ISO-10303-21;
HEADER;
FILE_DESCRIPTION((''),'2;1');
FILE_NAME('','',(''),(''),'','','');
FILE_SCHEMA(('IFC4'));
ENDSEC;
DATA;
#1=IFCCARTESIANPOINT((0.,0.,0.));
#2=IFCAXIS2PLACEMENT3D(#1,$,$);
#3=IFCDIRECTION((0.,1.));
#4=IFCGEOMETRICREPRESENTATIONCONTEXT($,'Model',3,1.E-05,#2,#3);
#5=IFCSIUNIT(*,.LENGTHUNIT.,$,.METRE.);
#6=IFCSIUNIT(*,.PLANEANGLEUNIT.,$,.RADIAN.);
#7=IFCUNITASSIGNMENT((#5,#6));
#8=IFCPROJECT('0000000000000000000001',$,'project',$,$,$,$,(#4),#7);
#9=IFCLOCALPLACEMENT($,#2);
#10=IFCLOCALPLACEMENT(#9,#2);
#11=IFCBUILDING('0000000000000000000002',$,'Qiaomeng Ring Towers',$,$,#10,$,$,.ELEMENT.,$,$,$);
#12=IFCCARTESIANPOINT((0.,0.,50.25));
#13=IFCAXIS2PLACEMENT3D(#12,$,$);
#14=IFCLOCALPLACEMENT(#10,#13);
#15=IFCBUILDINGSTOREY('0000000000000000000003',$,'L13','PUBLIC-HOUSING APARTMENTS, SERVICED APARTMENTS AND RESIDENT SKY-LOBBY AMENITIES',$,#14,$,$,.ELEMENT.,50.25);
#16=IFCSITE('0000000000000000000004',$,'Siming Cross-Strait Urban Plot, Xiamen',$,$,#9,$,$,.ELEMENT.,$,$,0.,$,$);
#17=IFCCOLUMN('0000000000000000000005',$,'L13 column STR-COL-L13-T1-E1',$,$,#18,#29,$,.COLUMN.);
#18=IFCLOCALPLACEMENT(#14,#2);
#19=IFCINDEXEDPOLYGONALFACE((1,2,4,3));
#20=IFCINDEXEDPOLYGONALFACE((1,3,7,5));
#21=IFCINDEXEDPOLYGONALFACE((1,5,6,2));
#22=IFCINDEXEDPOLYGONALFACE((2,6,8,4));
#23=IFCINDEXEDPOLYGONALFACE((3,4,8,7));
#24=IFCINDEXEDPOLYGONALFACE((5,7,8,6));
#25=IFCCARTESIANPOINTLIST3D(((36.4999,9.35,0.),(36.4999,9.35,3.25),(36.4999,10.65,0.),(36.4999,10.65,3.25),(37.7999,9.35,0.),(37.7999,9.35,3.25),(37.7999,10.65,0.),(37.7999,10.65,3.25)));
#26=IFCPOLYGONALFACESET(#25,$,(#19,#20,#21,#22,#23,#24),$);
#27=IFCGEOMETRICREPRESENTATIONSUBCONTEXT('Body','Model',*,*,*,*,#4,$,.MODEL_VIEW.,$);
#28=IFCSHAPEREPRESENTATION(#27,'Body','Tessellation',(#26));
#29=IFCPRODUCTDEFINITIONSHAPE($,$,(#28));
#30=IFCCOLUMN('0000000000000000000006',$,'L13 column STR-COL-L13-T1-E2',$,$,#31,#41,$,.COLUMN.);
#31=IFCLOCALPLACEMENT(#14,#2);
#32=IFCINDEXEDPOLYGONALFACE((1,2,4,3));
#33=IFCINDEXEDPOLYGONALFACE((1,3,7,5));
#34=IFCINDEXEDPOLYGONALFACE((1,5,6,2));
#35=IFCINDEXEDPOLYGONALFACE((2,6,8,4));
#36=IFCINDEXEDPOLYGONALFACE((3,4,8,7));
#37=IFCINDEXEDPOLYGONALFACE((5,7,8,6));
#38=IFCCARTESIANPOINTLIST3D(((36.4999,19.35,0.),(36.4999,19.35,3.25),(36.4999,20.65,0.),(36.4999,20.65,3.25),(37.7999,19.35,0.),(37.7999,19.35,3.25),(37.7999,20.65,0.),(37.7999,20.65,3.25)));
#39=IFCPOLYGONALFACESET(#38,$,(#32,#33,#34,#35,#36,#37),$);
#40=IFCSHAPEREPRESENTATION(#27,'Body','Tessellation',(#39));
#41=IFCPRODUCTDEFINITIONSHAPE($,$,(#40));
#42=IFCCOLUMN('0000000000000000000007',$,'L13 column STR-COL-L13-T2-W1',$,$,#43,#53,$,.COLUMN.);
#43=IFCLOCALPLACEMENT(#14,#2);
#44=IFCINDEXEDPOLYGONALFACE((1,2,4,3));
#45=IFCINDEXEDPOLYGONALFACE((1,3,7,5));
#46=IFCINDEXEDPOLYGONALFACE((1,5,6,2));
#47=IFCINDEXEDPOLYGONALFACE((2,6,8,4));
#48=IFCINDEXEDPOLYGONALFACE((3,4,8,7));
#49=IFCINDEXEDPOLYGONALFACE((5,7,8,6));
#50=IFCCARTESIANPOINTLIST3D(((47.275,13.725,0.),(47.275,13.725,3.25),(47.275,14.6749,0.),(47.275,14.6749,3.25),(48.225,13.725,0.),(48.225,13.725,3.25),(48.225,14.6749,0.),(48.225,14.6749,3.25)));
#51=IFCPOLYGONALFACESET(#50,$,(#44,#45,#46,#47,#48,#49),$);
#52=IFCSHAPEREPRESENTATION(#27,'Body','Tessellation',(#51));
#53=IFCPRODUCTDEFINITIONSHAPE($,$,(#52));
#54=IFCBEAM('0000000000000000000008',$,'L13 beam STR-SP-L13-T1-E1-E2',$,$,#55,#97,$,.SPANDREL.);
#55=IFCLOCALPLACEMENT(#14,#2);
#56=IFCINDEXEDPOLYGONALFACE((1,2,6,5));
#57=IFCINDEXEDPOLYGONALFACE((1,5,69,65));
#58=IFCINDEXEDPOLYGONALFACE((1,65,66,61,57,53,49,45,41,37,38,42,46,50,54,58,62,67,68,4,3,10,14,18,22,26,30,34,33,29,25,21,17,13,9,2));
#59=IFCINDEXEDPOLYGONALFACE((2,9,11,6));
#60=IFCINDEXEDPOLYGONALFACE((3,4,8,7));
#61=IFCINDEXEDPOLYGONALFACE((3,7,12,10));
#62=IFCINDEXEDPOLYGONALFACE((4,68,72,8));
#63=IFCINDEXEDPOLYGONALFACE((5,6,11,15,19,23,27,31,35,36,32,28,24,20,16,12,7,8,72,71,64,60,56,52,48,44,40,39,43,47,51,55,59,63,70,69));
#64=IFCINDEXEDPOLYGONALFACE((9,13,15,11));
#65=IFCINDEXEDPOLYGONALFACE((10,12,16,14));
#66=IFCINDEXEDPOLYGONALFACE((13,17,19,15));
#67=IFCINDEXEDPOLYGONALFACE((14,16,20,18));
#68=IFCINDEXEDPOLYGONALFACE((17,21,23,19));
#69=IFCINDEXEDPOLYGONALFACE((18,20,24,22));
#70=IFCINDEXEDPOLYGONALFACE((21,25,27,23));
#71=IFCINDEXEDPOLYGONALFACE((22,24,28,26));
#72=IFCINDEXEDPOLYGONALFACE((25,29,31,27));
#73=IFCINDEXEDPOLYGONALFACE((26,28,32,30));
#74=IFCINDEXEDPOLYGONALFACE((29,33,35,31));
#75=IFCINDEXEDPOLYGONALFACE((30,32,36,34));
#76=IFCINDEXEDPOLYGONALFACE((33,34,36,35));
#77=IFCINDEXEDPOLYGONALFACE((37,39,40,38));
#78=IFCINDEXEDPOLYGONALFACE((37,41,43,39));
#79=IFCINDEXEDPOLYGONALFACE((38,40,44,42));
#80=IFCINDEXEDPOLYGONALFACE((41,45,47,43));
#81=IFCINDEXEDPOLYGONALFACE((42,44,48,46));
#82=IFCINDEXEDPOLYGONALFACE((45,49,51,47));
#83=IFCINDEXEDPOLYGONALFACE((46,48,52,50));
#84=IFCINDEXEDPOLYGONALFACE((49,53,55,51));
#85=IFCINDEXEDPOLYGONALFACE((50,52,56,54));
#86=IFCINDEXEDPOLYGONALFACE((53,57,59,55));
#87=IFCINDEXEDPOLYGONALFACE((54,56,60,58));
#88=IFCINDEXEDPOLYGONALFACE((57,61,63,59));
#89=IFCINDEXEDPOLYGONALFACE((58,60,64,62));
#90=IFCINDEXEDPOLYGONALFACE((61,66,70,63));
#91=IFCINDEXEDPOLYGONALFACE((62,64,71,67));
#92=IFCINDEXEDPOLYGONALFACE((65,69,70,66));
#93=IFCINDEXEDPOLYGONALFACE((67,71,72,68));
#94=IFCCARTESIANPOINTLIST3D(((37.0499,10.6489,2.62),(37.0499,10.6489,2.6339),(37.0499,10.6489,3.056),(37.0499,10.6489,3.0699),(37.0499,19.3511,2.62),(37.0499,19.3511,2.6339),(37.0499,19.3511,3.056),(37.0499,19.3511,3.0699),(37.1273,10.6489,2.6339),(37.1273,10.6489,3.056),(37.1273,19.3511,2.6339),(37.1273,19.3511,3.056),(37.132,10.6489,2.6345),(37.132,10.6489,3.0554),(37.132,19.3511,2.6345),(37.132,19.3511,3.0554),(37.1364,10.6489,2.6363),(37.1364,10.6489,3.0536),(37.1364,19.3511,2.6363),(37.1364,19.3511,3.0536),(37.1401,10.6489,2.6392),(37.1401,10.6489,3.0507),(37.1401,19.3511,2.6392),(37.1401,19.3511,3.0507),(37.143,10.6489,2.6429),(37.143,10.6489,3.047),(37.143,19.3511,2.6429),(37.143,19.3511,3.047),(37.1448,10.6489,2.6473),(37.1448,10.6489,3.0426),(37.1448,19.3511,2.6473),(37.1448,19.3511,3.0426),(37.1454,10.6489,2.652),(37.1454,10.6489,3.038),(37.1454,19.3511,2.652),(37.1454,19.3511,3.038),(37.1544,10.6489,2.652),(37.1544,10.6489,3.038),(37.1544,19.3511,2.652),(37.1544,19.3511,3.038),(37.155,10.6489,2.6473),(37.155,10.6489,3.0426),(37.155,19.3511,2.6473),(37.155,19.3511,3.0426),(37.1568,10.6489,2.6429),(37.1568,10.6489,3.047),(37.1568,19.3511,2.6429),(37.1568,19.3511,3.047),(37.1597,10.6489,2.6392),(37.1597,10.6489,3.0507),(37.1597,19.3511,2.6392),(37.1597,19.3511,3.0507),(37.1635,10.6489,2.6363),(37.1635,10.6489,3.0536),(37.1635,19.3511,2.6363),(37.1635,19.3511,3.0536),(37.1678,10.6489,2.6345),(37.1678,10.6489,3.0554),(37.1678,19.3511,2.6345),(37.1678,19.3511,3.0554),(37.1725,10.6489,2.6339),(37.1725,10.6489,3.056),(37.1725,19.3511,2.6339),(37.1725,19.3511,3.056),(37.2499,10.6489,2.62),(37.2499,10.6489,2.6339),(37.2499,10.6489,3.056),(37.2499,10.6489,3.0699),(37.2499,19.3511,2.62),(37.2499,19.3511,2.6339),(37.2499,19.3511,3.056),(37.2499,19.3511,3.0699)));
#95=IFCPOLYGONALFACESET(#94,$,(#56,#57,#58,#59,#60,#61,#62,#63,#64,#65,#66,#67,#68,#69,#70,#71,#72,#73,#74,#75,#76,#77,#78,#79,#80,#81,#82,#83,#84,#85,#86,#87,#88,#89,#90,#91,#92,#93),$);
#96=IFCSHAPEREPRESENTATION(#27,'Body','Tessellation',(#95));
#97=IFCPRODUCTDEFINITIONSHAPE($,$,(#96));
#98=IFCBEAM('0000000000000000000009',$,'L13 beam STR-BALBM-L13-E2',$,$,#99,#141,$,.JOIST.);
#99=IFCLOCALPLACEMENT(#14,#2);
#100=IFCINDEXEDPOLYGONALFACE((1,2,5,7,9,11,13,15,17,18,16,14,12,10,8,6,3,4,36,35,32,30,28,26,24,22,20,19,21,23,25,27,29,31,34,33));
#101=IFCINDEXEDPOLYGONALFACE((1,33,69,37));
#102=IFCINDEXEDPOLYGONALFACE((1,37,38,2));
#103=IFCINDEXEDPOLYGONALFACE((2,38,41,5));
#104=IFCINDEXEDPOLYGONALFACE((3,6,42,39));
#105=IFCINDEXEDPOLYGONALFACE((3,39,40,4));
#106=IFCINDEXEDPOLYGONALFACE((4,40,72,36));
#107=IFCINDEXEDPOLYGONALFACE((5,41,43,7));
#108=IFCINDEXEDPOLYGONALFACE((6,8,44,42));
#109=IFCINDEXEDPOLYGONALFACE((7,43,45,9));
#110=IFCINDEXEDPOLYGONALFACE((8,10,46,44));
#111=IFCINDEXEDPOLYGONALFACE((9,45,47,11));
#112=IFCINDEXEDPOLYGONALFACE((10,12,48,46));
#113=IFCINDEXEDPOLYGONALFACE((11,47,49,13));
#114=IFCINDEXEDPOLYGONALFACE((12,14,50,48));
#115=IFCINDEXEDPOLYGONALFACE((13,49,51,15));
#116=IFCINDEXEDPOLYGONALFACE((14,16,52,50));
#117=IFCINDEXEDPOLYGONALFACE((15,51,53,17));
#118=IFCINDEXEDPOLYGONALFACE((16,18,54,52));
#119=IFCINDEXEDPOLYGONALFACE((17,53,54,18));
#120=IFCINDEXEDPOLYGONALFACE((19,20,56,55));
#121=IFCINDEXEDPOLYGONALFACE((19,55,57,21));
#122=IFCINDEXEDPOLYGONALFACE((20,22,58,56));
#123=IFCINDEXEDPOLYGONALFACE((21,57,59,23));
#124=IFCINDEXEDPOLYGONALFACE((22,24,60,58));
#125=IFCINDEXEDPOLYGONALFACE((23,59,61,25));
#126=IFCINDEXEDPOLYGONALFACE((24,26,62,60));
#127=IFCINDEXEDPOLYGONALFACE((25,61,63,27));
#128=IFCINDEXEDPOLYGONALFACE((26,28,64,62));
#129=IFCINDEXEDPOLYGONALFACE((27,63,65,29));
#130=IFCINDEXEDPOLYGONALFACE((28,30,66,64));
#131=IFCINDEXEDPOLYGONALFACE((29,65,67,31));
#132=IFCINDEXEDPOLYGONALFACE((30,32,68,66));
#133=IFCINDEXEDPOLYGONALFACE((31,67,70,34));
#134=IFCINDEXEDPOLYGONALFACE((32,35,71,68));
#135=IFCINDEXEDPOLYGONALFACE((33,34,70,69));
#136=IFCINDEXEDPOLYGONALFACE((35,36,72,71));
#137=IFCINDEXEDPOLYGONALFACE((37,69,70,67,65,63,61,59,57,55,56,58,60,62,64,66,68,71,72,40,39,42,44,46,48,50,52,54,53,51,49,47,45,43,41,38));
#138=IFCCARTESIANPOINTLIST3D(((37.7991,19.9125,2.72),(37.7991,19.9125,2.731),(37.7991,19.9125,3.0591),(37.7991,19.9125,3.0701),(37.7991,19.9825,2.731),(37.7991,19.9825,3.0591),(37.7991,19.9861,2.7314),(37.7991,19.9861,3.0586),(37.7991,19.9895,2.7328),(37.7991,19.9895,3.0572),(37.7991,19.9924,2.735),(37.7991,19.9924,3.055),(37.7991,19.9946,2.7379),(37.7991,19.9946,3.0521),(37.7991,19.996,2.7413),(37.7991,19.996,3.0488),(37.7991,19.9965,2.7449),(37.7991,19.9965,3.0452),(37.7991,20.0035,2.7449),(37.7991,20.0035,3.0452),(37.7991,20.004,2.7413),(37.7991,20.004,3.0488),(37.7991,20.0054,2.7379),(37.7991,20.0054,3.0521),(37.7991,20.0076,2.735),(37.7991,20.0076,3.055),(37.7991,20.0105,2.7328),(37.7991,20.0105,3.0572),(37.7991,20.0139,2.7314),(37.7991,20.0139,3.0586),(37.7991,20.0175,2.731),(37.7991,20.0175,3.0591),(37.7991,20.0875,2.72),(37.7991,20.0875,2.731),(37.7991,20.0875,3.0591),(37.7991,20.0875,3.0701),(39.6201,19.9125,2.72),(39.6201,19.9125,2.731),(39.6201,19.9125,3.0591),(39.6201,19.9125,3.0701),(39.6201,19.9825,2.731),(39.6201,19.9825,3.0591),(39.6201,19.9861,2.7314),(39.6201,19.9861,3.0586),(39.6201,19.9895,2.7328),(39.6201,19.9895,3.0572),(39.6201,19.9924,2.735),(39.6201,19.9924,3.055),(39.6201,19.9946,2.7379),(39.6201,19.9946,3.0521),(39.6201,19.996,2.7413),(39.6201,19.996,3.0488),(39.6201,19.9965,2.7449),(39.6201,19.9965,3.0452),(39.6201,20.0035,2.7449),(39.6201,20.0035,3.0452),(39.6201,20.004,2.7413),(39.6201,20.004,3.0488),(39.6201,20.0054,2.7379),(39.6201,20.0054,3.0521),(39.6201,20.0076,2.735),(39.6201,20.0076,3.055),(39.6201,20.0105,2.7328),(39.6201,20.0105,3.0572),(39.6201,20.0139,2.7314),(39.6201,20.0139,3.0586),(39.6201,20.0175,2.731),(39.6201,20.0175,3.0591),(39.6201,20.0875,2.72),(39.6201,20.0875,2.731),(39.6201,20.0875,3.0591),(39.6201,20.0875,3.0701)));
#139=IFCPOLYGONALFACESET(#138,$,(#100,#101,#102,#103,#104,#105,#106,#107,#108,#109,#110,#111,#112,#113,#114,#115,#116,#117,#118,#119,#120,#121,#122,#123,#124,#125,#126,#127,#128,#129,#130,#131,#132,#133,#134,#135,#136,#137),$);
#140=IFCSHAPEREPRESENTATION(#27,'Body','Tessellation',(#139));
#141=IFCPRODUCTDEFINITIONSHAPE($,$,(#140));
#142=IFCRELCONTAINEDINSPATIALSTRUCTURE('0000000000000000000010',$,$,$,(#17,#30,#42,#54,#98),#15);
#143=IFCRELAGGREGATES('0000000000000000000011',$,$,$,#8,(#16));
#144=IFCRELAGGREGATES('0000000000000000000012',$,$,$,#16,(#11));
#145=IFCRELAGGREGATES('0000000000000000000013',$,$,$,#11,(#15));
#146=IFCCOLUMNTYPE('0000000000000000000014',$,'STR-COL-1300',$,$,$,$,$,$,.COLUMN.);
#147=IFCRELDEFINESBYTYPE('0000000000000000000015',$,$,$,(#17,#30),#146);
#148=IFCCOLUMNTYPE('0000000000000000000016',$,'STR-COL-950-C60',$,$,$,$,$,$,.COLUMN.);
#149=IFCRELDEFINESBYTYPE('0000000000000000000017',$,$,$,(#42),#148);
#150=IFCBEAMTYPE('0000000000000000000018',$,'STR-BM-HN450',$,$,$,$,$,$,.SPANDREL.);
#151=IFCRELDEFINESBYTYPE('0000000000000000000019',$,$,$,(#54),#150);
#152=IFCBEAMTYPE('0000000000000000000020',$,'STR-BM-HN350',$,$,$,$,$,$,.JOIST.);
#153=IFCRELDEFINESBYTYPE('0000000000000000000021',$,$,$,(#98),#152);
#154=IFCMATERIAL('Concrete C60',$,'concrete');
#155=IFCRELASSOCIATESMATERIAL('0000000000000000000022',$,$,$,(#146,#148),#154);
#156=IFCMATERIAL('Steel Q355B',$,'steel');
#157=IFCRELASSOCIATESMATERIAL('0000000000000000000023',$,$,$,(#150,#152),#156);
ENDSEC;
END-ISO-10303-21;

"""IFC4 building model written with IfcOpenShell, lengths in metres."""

from ifc_helpers import new_model, si_unit, direction, frame, origin, origin_2d, place, context, subcontext, project, spatial, rectangle, i_section, extrude, source, transform, mapped, material, material_profile, profile_set, type_object, element, save


model = new_model("IFC4")

# Units and contexts
model_context = context("Model", 3, precision=1e-05, world=origin(), true_north=direction((0.0, 1.0)))
body_context = subcontext(model_context, "Body", "Model", "MODEL_VIEW")
ifc_project = project(units=[si_unit("LENGTHUNIT", "METRE"), si_unit("PLANEANGLEUNIT", "RADIAN")], contexts=[model_context])

# Site, building, storey
site_placement = place(None, origin())
site = spatial("IfcSite", under=ifc_project, at=site_placement, Name="Siming Cross-Strait Urban Plot, Xiamen", CompositionType="ELEMENT", RefElevation=0.0)
building_placement = place(site_placement, origin())
building = spatial("IfcBuilding", under=site, at=building_placement, Name="Qiaomeng Ring Towers", CompositionType="ELEMENT")
storey_placement = place(building_placement, frame((0.0, 0.0, 50.25)))
storey = spatial("IfcBuildingStorey", under=building, at=storey_placement, Name="L13", Description="PUBLIC-HOUSING APARTMENTS, SERVICED APARTMENTS AND RESIDENT SKY-LOBBY AMENITIES", CompositionType="ELEMENT", Elevation=50.25)

# Columns
ifc_material_1 = material(Name="Concrete C60", Category="concrete")
ifc_material_profile_1 = material_profile(ifc_material_1, rectangle(XDim=1.3, YDim=1.3, at=origin_2d()), Name="RC COL 1300x1300")
ifc_profile_set_1 = profile_set([ifc_material_profile_1], Name="Concrete C60")
column_type_1 = type_object("IfcColumnType", Name="STR-COL-1300", PredefinedType="COLUMN", material=ifc_profile_set_1)
shared_shape_1 = source(origin(), body_context, "Body", "SweptSolid", [
    extrude(rectangle(XDim=1.3, YDim=1.3, at=origin_2d()), origin(), (0.0, 0.0, 1.0), 3.25),
])
for number, where, z_axis, x_axis, name in (
    (1, (37.1499, 10.0, 0.0), (0.0, 0.0, 1.0), (1.0, 0.0, 0.0), "L13 column STR-COL-L13-T1-E1"),
    (2, (37.1499, 20.0, 0.0), (0.0, 0.0, 1.0), (1.0, 0.0, 0.0), "L13 column STR-COL-L13-T1-E2"),
):
    element("IfcColumn", number, at=place(storey_placement, frame(where, z_axis=z_axis, x_axis=x_axis)), inside=storey, type_object=column_type_1, Name=name, PredefinedType="COLUMN", context=body_context, shape_type="MappedRepresentation", body=[
        mapped(shared_shape_1, transform((0.0, 0.0, 0.0), x_axis=(1.0, 0.0, 0.0), y_axis=(0.0, 1.0, 0.0), z_axis=(0.0, 0.0, 1.0), scale=1.0)),
    ])
ifc_material_profile_2 = material_profile(ifc_material_1, rectangle(XDim=0.95, YDim=0.95, at=origin_2d()), Name="RC COL 950x950")
ifc_profile_set_2 = profile_set([ifc_material_profile_2], Name="Concrete C60")
column_type_2 = type_object("IfcColumnType", Name="STR-COL-950-C60", PredefinedType="COLUMN", material=ifc_profile_set_2)
shared_shape_2 = source(origin(), body_context, "Body", "SweptSolid", [
    extrude(rectangle(XDim=0.95, YDim=0.95, at=origin_2d()), origin(), (0.0, 0.0, 1.0), 3.25),
])
column_placement = place(storey_placement, frame((47.75, 14.2, 0.0), z_axis=(0.0, 0.0, 1.0), x_axis=(1.0, 0.0, 0.0)))
element("IfcColumn", 3, at=column_placement, inside=storey, type_object=column_type_2, Name="L13 column STR-COL-L13-T2-W1", PredefinedType="COLUMN", context=body_context, shape_type="MappedRepresentation", body=[
    mapped(shared_shape_2, transform((0.0, 0.0, 0.0), x_axis=(1.0, 0.0, 0.0), y_axis=(0.0, 1.0, 0.0), z_axis=(0.0, 0.0, 1.0), scale=1.0)),
])

# Beams
ifc_material_2 = material(Name="Steel Q355B", Category="steel")
ifc_material_profile_3 = material_profile(ifc_material_2, i_section(OverallWidth=0.2, OverallDepth=0.45, WebThickness=0.009, FlangeThickness=0.0139, FilletRadius=0.0181, at=origin_2d()), Name="HN 450x200x9x14")
ifc_profile_set_3 = profile_set([ifc_material_profile_3], Name="Steel Q355B")
beam_type_1 = type_object("IfcBeamType", Name="STR-BM-HN450", PredefinedType="SPANDREL", material=ifc_profile_set_3)
shared_shape_3 = source(origin(), body_context, "Body", "SweptSolid", [
    extrude(i_section(OverallWidth=0.2, OverallDepth=0.45, WebThickness=0.009, FlangeThickness=0.0139, FilletRadius=0.0181, at=origin_2d()), origin(), (0.0, 0.0, 1.0), 8.7021),
])
beam_1_placement = place(storey_placement, frame((37.1499, 10.6489, 2.845), z_axis=(0.0, 1.0, 0.0), x_axis=(-1.0, 0.0, 0.0)))
element("IfcBeam", 4, at=beam_1_placement, inside=storey, type_object=beam_type_1, Name="L13 beam STR-SP-L13-T1-E1-E2", PredefinedType="SPANDREL", context=body_context, shape_type="MappedRepresentation", body=[
    mapped(shared_shape_3, transform((0.0, 0.0, 0.0), x_axis=(1.0, 0.0, 0.0), y_axis=(0.0, 1.0, 0.0), z_axis=(0.0, 0.0, 1.0), scale=1.0)),
])
ifc_material_profile_4 = material_profile(ifc_material_2, i_section(OverallWidth=0.175, OverallDepth=0.3501, WebThickness=0.0071, FlangeThickness=0.011, FilletRadius=0.0139, at=origin_2d()), Name="HN 350x175x7x11")
ifc_profile_set_4 = profile_set([ifc_material_profile_4], Name="Steel Q355B")
beam_type_2 = type_object("IfcBeamType", Name="STR-BM-HN350", PredefinedType="JOIST", material=ifc_profile_set_4)
shared_shape_4 = source(origin(), body_context, "Body", "SweptSolid", [
    extrude(i_section(OverallWidth=0.175, OverallDepth=0.3501, WebThickness=0.0071, FlangeThickness=0.011, FilletRadius=0.0139, at=origin_2d()), origin(), (0.0, 0.0, 1.0), 1.821),
])
beam_2_placement = place(storey_placement, frame((37.7991, 20.0, 2.895), z_axis=(1.0, 0.0, 0.0), x_axis=(0.0, 1.0, 0.0)))
element("IfcBeam", 5, at=beam_2_placement, inside=storey, type_object=beam_type_2, Name="L13 beam STR-BALBM-L13-E2", PredefinedType="JOIST", context=body_context, shape_type="MappedRepresentation", body=[
    mapped(shared_shape_4, transform((0.0, 0.0, 0.0), x_axis=(1.0, 0.0, 0.0), y_axis=(0.0, 1.0, 0.0), z_axis=(0.0, 0.0, 1.0), scale=1.0)),
])

save(model, "model.ifc")
